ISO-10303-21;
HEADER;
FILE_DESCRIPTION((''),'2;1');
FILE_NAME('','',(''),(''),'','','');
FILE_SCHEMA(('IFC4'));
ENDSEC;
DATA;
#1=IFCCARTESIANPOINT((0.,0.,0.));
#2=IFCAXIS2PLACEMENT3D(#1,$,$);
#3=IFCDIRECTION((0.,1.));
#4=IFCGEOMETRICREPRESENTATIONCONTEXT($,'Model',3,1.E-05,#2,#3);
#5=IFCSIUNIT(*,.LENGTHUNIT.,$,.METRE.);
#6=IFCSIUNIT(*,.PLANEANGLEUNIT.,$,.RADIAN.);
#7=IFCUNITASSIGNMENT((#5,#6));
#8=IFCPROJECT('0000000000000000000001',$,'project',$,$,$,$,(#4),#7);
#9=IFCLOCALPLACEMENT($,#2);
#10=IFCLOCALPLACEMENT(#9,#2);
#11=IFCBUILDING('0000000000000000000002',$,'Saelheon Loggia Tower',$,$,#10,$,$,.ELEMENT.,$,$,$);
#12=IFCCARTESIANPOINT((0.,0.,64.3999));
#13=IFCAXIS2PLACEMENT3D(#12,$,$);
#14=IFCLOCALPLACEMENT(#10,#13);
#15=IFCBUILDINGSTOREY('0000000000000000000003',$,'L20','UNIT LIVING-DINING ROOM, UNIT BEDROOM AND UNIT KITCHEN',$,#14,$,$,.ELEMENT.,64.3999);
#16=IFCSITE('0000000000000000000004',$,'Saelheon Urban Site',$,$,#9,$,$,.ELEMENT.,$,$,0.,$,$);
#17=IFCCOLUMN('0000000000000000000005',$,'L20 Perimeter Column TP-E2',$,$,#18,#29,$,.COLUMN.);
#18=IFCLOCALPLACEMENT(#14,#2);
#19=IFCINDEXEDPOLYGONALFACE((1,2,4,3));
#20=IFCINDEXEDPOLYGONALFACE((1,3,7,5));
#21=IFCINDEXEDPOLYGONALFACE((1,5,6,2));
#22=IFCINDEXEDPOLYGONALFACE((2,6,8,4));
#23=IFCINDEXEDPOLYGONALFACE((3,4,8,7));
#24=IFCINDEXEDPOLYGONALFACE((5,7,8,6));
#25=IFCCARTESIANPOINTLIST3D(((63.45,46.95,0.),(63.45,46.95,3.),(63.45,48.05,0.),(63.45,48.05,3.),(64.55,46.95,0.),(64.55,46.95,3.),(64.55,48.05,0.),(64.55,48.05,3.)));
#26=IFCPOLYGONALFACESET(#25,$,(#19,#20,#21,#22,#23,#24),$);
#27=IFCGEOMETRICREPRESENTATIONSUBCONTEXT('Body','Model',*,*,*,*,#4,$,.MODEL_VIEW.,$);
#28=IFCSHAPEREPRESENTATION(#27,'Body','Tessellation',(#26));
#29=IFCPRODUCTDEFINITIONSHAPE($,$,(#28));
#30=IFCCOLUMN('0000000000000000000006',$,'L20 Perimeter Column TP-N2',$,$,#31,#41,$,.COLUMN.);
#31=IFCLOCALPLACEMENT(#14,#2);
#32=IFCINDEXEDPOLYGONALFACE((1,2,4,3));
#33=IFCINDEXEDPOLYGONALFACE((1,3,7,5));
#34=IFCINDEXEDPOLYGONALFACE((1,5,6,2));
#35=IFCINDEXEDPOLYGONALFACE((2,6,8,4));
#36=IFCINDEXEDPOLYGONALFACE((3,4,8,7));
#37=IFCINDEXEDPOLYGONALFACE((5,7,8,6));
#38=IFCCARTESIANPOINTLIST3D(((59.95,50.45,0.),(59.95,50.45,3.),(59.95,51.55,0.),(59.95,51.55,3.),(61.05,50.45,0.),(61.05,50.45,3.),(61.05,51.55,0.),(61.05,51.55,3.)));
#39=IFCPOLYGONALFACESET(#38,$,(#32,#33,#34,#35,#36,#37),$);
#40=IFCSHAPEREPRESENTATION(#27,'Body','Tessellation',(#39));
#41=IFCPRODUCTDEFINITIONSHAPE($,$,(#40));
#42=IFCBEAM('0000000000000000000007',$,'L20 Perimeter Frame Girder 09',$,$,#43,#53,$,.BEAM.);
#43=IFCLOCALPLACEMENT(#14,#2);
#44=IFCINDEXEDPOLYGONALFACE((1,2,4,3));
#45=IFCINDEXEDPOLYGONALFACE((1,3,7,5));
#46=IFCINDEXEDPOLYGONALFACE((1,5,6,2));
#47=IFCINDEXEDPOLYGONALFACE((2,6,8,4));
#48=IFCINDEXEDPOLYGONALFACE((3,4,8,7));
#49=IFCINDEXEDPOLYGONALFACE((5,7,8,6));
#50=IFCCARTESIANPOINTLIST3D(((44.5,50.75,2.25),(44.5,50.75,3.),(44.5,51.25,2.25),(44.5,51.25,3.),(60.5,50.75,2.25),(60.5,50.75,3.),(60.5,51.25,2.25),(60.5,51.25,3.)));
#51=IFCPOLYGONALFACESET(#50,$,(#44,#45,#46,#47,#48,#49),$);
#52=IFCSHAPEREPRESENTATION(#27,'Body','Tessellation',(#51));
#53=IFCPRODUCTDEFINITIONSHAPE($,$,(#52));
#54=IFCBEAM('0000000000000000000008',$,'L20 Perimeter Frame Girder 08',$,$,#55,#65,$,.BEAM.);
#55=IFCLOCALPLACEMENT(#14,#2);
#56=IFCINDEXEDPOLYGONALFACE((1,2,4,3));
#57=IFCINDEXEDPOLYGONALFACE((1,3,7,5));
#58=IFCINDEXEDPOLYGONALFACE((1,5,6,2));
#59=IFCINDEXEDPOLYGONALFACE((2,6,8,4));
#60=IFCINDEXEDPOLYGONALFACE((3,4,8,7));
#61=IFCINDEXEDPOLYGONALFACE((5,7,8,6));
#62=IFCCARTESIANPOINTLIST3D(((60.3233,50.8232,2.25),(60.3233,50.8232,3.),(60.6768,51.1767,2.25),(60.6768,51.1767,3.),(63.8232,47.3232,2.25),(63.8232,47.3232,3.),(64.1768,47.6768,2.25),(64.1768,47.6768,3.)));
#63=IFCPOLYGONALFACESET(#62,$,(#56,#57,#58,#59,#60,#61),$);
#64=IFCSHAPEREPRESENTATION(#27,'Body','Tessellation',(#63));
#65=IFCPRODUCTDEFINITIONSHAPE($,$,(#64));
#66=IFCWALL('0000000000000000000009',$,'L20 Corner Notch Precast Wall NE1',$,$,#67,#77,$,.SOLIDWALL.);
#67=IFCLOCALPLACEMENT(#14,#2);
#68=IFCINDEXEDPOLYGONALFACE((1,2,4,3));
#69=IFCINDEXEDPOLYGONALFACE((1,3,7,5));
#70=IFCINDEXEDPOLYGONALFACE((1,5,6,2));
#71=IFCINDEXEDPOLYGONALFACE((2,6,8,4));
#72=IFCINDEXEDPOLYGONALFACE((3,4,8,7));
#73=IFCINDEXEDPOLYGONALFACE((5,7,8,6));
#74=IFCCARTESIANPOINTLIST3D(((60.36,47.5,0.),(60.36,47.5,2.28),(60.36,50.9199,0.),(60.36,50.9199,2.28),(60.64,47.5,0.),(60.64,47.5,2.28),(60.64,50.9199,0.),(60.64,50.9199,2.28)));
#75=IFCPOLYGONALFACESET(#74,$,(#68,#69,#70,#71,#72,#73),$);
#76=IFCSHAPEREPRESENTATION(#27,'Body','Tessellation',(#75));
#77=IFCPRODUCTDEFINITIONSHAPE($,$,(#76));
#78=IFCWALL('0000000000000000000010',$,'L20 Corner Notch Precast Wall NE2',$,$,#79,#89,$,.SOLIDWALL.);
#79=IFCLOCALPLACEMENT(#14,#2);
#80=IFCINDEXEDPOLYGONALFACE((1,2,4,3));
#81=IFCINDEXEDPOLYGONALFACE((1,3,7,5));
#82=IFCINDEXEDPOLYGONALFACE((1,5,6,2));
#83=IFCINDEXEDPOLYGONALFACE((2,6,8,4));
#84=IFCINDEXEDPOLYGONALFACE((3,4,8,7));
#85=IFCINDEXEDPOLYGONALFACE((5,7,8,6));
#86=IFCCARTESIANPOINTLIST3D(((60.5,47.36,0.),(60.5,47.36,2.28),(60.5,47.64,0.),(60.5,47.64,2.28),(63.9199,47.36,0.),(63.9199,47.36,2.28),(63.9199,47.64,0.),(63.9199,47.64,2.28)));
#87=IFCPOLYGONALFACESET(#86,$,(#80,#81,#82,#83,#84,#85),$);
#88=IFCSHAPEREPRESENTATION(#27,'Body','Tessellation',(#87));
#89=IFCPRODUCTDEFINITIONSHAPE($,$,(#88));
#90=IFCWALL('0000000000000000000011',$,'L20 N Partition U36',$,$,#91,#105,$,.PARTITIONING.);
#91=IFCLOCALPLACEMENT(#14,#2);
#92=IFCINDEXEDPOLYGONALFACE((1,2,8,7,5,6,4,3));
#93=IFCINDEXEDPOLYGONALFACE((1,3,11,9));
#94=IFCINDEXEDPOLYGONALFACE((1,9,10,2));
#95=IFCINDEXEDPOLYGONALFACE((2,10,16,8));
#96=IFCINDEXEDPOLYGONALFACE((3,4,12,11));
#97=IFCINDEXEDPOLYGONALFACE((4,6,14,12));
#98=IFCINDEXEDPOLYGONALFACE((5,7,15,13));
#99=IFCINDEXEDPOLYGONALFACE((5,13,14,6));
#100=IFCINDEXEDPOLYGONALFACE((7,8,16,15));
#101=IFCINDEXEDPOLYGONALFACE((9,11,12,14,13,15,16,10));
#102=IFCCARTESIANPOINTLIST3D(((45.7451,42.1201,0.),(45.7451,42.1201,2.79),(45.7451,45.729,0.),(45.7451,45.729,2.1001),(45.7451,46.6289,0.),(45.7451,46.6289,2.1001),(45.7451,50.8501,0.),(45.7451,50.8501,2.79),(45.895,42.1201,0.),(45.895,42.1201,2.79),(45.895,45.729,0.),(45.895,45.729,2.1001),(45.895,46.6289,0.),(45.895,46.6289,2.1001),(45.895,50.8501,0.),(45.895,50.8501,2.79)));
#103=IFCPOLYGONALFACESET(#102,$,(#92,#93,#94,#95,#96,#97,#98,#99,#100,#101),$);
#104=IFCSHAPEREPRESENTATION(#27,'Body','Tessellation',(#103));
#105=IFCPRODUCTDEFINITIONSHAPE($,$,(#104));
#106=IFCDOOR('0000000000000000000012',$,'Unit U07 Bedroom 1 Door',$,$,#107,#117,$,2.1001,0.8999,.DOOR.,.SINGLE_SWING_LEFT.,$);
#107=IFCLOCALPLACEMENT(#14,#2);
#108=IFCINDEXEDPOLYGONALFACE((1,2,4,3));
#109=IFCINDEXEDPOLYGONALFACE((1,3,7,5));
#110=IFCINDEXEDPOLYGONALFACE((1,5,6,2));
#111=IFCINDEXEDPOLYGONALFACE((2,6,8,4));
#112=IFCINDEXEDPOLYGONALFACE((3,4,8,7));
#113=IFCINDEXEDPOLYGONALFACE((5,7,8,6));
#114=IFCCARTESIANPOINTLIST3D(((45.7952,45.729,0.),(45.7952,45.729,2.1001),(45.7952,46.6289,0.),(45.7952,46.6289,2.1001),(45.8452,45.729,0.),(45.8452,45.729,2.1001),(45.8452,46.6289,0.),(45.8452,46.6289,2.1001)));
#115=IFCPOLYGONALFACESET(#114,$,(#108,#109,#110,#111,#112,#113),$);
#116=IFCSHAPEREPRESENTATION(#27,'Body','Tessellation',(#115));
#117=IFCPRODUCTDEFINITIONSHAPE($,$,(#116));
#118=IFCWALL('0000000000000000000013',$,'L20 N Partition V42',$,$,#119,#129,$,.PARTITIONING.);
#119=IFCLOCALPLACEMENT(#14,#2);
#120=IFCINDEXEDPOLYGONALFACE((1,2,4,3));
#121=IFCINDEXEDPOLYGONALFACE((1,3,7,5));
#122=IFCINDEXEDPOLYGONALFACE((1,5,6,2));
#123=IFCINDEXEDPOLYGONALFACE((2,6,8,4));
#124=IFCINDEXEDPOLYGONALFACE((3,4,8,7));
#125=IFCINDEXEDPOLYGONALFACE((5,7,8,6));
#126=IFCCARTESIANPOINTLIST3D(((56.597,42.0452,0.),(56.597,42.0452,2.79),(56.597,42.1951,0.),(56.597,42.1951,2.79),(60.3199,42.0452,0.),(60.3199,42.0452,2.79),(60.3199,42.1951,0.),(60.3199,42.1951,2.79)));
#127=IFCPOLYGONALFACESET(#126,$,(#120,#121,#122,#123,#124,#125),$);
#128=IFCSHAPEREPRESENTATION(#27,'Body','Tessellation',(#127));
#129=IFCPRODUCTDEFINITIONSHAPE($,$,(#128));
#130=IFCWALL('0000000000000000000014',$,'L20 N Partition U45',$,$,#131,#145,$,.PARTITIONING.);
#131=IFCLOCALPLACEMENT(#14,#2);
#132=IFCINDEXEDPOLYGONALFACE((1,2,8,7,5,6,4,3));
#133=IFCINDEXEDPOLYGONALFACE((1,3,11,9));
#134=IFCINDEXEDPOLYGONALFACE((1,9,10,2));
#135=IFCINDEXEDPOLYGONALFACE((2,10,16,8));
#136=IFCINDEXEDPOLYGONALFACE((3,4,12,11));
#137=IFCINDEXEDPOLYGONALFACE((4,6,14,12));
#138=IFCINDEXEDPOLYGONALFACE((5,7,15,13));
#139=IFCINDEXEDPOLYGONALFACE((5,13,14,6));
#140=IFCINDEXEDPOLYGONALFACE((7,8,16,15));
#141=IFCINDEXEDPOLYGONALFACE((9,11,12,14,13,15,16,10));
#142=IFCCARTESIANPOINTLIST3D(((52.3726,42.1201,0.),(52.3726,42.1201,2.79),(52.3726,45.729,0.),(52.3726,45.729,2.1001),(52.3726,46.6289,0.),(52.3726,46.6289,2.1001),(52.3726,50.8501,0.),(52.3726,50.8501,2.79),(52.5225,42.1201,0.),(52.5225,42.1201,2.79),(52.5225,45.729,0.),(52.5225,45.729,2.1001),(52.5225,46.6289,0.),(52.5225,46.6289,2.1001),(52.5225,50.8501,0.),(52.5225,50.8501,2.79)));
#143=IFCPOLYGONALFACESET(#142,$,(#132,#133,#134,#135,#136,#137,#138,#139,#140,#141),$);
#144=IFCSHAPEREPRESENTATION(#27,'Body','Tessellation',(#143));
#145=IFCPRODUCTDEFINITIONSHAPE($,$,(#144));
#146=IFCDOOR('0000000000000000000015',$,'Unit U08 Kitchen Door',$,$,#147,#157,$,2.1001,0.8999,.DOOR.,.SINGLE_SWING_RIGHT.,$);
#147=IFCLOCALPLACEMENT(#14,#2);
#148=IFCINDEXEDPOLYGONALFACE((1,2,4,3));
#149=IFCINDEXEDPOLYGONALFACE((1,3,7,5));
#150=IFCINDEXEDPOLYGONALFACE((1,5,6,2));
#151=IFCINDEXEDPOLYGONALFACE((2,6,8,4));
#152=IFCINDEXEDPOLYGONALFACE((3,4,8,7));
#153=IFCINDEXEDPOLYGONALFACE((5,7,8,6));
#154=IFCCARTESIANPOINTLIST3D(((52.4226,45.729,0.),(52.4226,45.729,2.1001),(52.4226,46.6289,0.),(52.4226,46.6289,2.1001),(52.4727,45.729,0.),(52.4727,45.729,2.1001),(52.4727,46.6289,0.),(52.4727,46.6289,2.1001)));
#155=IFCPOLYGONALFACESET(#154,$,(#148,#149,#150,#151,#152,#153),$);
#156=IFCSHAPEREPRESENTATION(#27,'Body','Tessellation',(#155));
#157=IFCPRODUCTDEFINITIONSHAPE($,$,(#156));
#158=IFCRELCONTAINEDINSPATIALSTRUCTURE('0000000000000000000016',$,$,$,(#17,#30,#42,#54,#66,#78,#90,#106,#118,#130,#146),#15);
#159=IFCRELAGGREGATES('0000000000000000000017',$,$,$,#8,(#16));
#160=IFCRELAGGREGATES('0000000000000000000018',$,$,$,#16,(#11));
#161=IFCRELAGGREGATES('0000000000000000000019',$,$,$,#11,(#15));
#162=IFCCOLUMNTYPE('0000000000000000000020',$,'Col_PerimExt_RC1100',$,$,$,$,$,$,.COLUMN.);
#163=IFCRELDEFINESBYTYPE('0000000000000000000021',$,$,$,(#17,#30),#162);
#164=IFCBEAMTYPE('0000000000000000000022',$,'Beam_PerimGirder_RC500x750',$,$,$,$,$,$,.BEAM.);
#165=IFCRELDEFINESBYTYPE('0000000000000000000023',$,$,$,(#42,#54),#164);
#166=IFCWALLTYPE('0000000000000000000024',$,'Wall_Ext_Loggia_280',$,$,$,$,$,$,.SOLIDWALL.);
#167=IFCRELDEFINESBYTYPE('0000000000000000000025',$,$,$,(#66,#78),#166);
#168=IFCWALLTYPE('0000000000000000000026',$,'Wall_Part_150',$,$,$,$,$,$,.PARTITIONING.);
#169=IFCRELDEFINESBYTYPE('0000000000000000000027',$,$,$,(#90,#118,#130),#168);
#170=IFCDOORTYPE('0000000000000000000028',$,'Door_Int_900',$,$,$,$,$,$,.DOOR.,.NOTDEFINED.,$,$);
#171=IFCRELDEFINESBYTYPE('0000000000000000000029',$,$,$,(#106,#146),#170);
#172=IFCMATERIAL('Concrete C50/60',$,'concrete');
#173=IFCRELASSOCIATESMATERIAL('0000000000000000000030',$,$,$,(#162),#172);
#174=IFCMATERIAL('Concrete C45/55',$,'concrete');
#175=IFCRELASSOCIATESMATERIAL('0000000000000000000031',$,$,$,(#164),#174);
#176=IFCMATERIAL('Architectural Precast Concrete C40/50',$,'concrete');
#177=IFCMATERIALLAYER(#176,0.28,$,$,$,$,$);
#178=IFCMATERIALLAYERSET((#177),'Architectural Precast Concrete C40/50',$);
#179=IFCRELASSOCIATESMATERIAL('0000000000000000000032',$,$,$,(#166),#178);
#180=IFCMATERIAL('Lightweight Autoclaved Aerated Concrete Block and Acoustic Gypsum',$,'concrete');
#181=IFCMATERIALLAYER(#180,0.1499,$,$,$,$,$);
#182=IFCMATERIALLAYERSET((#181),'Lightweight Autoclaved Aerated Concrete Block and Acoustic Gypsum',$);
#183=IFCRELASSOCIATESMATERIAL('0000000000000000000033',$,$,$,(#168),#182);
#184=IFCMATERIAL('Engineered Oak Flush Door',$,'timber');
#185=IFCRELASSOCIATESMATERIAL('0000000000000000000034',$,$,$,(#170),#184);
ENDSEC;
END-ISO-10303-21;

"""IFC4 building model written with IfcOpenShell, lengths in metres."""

from ifc_helpers import new_model, si_unit, direction, frame, frame_2d, origin, origin_2d, place, context, subcontext, project, spatial, rectangle, extrude, source, transform, mapped, material, layer, layer_set, material_profile, profile_set, type_object, element, fill, save


model = new_model("IFC4")

# Units and contexts
model_context = context("Model", 3, precision=1e-05, world=origin(), true_north=direction((0.0, 1.0)))
body_context = subcontext(model_context, "Body", "Model", "MODEL_VIEW")
ifc_project = project(units=[si_unit("LENGTHUNIT", "METRE"), si_unit("PLANEANGLEUNIT", "RADIAN")], contexts=[model_context])

# Site, building, storey
site_placement = place(None, origin())
site = spatial("IfcSite", under=ifc_project, at=site_placement, Name="Saelheon Urban Site", CompositionType="ELEMENT", RefElevation=0.0)
building_placement = place(site_placement, origin())
building = spatial("IfcBuilding", under=site, at=building_placement, Name="Saelheon Loggia Tower", CompositionType="ELEMENT")
storey_placement = place(building_placement, frame((0.0, 0.0, 64.3999)))
storey = spatial("IfcBuildingStorey", under=building, at=storey_placement, Name="L20", Description="UNIT LIVING-DINING ROOM, UNIT BEDROOM AND UNIT KITCHEN", CompositionType="ELEMENT", Elevation=64.3999)

# Columns
ifc_material_1 = material(Name="Concrete C50/60", Category="concrete")
ifc_material_profile_1 = material_profile(ifc_material_1, rectangle(XDim=1.1001, YDim=1.1001, at=origin_2d()), Name="RC-1100x1100")
ifc_profile_set_1 = profile_set([ifc_material_profile_1], Name="Concrete C50/60")
column_type = type_object("IfcColumnType", Name="Col_PerimExt_RC1100", PredefinedType="COLUMN", material=ifc_profile_set_1)
shared_shape_1 = source(origin(), body_context, "Body", "SweptSolid", [
    extrude(rectangle(XDim=1.1001, YDim=1.1001, at=origin_2d()), origin(), (0.0, 0.0, 1.0), 3.0),
])
for number, where, z_axis, x_axis, name in (
    (1, (64.0, 47.5, 0.0), (0.0, 0.0, 1.0), (1.0, 0.0, 0.0), "L20 Perimeter Column TP-E2"),
    (2, (60.5, 51.0, 0.0), (0.0, 0.0, 1.0), (1.0, 0.0, 0.0), "L20 Perimeter Column TP-N2"),
):
    element("IfcColumn", number, at=place(storey_placement, frame(where, z_axis=z_axis, x_axis=x_axis)), inside=storey, type_object=column_type, Name=name, PredefinedType="COLUMN", context=body_context, shape_type="MappedRepresentation", body=[
        mapped(shared_shape_1, transform((0.0, 0.0, 0.0), scale=1.0)),
    ])

# Beams
ifc_material_2 = material(Name="Concrete C45/55", Category="concrete")
ifc_material_profile_2 = material_profile(ifc_material_2, rectangle(XDim=0.5, YDim=0.75, at=origin_2d()), Name="RC-500x750")
ifc_profile_set_2 = profile_set([ifc_material_profile_2], Name="Concrete C45/55")
beam_type = type_object("IfcBeamType", Name="Beam_PerimGirder_RC500x750", PredefinedType="BEAM", material=ifc_profile_set_2)
shared_shape_2 = source(origin(), body_context, "Body", "SweptSolid", [
    extrude(rectangle(XDim=0.5, YDim=0.75, at=origin_2d()), origin(), (0.0, 0.0, 1.0), 16.0),
])
beam_1_placement = place(storey_placement, frame((60.5, 51.0, 2.625), z_axis=(-1.0, 0.0, 0.0), x_axis=(0.0, -1.0, 0.0)))
element("IfcBeam", 3, at=beam_1_placement, inside=storey, type_object=beam_type, Name="L20 Perimeter Frame Girder 09", PredefinedType="BEAM", context=body_context, shape_type="MappedRepresentation", body=[
    mapped(shared_shape_2, transform((0.0, 0.0, 0.0), scale=1.0)),
])
shared_shape_3 = source(origin(), body_context, "Body", "SweptSolid", [
    extrude(rectangle(XDim=0.5, YDim=0.75, at=origin_2d()), origin(), (0.0, 0.0, 1.0), 4.9497),
])
beam_2_placement = place(storey_placement, frame((64.0, 47.5, 2.625), z_axis=(-0.707107, 0.707107, 0.0), x_axis=(-0.707107, -0.707107, 0.0)))
element("IfcBeam", 4, at=beam_2_placement, inside=storey, type_object=beam_type, Name="L20 Perimeter Frame Girder 08", PredefinedType="BEAM", context=body_context, shape_type="MappedRepresentation", body=[
    mapped(shared_shape_3, transform((0.0, 0.0, 0.0), scale=1.0)),
])

# Walls
ifc_material_3 = material(Name="Architectural Precast Concrete C40/50", Category="concrete")
ifc_layer_1 = layer(ifc_material_3, 0.28)
ifc_layer_set_1 = layer_set([ifc_layer_1], Name="Architectural Precast Concrete C40/50")
wall_type_1 = type_object("IfcWallType", Name="Wall_Ext_Loggia_280", PredefinedType="SOLIDWALL", material=ifc_layer_set_1)
for number, where, z_axis, x_axis, name in (
    (5, (60.5, 47.5, 0.0), (0.0, 0.0, 1.0), (0.0, 1.0, 0.0), "L20 Corner Notch Precast Wall NE1"),
    (6, (60.5, 47.5, 0.0), (0.0, 0.0, 1.0), (1.0, 0.0, 0.0), "L20 Corner Notch Precast Wall NE2"),
):
    element("IfcWall", number, at=place(storey_placement, frame(where, z_axis=z_axis, x_axis=x_axis)), inside=storey, type_object=wall_type_1, Name=name, PredefinedType="SOLIDWALL", context=body_context, shape_type="SweptSolid", body=[
        extrude(rectangle(XDim=3.4199, YDim=0.28, at=frame_2d((1.71, 0.0))), origin(), (0.0, 0.0, 1.0), 2.28),
    ])

# Wall, opening, door
ifc_material_4 = material(Name="Lightweight Autoclaved Aerated Concrete Block and Acoustic Gypsum", Category="concrete")
ifc_layer_2 = layer(ifc_material_4, 0.1499)
ifc_layer_set_2 = layer_set([ifc_layer_2], Name="Lightweight Autoclaved Aerated Concrete Block and Acoustic Gypsum")
wall_type_2 = type_object("IfcWallType", Name="Wall_Part_150", PredefinedType="PARTITIONING", material=ifc_layer_set_2)
wall_1_placement = place(storey_placement, frame((45.8201, 42.1201, 0.0), z_axis=(0.0, 0.0, 1.0), x_axis=(0.0, 1.0, 0.0)))
wall_1 = element("IfcWall", 7, at=wall_1_placement, inside=storey, type_object=wall_type_2, Name="L20 N Partition U36", PredefinedType="PARTITIONING", context=body_context, shape_type="SweptSolid", body=[
    extrude(rectangle(XDim=8.73, YDim=0.1499, at=frame_2d((4.365, 0.0))), origin(), (0.0, 0.0, 1.0), 2.79),
])
opening_1_placement = place(wall_1_placement, frame((3.6089, 0.0, 0.0)))
opening_1 = element("IfcOpeningElement", 8, at=opening_1_placement, cuts=wall_1, PredefinedType="OPENING", context=body_context, shape_type="SweptSolid", body=[
    extrude(rectangle(XDim=0.8999, YDim=2.1001, at=frame_2d((0.45, 1.05))), frame((0.0, 0.0869, 0.0), z_axis=(0.0, -1.0, 0.0), x_axis=(1.0, 0.0, 0.0)), (0.0, 0.0, 1.0), 0.1738),
])
ifc_material_5 = material(Name="Engineered Oak Flush Door", Category="timber")
door_type_1 = type_object("IfcDoorType", Name="Door_Int_900", OperationType="NOTDEFINED", PredefinedType="DOOR", material=ifc_material_5)
shared_shape_4 = source(origin(), body_context, "Body", "SweptSolid", [
    extrude(rectangle(XDim=0.8999, YDim=2.1001, at=frame_2d((0.45, 1.05))), frame((0.0, 0.0249, 0.0), z_axis=(0.0, -1.0, 0.0), x_axis=(1.0, 0.0, 0.0)), (0.0, 0.0, 1.0), 0.05),
])
door_1_placement = place(opening_1_placement, origin())
door_1 = element("IfcDoor", 9, at=door_1_placement, inside=storey, type_object=door_type_1, Name="Unit U07 Bedroom 1 Door", OperationType="SINGLE_SWING_LEFT", OverallHeight=2.1001, OverallWidth=0.8999, PredefinedType="DOOR", context=body_context, shape_type="MappedRepresentation", body=[
    mapped(shared_shape_4, transform((0.0, 0.0, 0.0), scale=1.0)),
])
fill(opening_1, door_1)

# Wall
wall_2_placement = place(storey_placement, frame((56.5972, 42.1201, 0.0), z_axis=(0.0, 0.0, 1.0), x_axis=(1.0, 0.0, 0.0)))
element("IfcWall", 10, at=wall_2_placement, inside=storey, type_object=wall_type_2, Name="L20 N Partition V42", PredefinedType="PARTITIONING", context=body_context, shape_type="SweptSolid", body=[
    extrude(rectangle(XDim=3.7229, YDim=0.1499, at=frame_2d((1.8613, 0.0))), origin(), (0.0, 0.0, 1.0), 2.79),
])

# Wall, opening, door
wall_3_placement = place(storey_placement, frame((52.4475, 42.1201, 0.0), z_axis=(0.0, 0.0, 1.0), x_axis=(0.0, 1.0, 0.0)))
wall_3 = element("IfcWall", 11, at=wall_3_placement, inside=storey, type_object=wall_type_2, Name="L20 N Partition U45", PredefinedType="PARTITIONING", context=body_context, shape_type="SweptSolid", body=[
    extrude(rectangle(XDim=8.73, YDim=0.1499, at=frame_2d((4.365, 0.0))), origin(), (0.0, 0.0, 1.0), 2.79),
])
opening_2_placement = place(wall_3_placement, frame((3.6089, 0.0, 0.0)))
opening_2 = element("IfcOpeningElement", 12, at=opening_2_placement, cuts=wall_3, PredefinedType="OPENING", context=body_context, shape_type="SweptSolid", body=[
    extrude(rectangle(XDim=0.8999, YDim=2.1001, at=frame_2d((0.45, 1.05))), frame((0.0, 0.0869, 0.0), z_axis=(0.0, -1.0, 0.0), x_axis=(1.0, 0.0, 0.0)), (0.0, 0.0, 1.0), 0.1738),
])
door_2_placement = place(opening_2_placement, origin())
door_2 = element("IfcDoor", 13, at=door_2_placement, inside=storey, type_object=door_type_1, Name="Unit U08 Kitchen Door", OperationType="SINGLE_SWING_RIGHT", OverallHeight=2.1001, OverallWidth=0.8999, PredefinedType="DOOR", context=body_context, shape_type="MappedRepresentation", body=[
    mapped(shared_shape_4, transform((0.0, 0.0, 0.0), scale=1.0)),
])
fill(opening_2, door_2)

save(model, "model.ifc")
